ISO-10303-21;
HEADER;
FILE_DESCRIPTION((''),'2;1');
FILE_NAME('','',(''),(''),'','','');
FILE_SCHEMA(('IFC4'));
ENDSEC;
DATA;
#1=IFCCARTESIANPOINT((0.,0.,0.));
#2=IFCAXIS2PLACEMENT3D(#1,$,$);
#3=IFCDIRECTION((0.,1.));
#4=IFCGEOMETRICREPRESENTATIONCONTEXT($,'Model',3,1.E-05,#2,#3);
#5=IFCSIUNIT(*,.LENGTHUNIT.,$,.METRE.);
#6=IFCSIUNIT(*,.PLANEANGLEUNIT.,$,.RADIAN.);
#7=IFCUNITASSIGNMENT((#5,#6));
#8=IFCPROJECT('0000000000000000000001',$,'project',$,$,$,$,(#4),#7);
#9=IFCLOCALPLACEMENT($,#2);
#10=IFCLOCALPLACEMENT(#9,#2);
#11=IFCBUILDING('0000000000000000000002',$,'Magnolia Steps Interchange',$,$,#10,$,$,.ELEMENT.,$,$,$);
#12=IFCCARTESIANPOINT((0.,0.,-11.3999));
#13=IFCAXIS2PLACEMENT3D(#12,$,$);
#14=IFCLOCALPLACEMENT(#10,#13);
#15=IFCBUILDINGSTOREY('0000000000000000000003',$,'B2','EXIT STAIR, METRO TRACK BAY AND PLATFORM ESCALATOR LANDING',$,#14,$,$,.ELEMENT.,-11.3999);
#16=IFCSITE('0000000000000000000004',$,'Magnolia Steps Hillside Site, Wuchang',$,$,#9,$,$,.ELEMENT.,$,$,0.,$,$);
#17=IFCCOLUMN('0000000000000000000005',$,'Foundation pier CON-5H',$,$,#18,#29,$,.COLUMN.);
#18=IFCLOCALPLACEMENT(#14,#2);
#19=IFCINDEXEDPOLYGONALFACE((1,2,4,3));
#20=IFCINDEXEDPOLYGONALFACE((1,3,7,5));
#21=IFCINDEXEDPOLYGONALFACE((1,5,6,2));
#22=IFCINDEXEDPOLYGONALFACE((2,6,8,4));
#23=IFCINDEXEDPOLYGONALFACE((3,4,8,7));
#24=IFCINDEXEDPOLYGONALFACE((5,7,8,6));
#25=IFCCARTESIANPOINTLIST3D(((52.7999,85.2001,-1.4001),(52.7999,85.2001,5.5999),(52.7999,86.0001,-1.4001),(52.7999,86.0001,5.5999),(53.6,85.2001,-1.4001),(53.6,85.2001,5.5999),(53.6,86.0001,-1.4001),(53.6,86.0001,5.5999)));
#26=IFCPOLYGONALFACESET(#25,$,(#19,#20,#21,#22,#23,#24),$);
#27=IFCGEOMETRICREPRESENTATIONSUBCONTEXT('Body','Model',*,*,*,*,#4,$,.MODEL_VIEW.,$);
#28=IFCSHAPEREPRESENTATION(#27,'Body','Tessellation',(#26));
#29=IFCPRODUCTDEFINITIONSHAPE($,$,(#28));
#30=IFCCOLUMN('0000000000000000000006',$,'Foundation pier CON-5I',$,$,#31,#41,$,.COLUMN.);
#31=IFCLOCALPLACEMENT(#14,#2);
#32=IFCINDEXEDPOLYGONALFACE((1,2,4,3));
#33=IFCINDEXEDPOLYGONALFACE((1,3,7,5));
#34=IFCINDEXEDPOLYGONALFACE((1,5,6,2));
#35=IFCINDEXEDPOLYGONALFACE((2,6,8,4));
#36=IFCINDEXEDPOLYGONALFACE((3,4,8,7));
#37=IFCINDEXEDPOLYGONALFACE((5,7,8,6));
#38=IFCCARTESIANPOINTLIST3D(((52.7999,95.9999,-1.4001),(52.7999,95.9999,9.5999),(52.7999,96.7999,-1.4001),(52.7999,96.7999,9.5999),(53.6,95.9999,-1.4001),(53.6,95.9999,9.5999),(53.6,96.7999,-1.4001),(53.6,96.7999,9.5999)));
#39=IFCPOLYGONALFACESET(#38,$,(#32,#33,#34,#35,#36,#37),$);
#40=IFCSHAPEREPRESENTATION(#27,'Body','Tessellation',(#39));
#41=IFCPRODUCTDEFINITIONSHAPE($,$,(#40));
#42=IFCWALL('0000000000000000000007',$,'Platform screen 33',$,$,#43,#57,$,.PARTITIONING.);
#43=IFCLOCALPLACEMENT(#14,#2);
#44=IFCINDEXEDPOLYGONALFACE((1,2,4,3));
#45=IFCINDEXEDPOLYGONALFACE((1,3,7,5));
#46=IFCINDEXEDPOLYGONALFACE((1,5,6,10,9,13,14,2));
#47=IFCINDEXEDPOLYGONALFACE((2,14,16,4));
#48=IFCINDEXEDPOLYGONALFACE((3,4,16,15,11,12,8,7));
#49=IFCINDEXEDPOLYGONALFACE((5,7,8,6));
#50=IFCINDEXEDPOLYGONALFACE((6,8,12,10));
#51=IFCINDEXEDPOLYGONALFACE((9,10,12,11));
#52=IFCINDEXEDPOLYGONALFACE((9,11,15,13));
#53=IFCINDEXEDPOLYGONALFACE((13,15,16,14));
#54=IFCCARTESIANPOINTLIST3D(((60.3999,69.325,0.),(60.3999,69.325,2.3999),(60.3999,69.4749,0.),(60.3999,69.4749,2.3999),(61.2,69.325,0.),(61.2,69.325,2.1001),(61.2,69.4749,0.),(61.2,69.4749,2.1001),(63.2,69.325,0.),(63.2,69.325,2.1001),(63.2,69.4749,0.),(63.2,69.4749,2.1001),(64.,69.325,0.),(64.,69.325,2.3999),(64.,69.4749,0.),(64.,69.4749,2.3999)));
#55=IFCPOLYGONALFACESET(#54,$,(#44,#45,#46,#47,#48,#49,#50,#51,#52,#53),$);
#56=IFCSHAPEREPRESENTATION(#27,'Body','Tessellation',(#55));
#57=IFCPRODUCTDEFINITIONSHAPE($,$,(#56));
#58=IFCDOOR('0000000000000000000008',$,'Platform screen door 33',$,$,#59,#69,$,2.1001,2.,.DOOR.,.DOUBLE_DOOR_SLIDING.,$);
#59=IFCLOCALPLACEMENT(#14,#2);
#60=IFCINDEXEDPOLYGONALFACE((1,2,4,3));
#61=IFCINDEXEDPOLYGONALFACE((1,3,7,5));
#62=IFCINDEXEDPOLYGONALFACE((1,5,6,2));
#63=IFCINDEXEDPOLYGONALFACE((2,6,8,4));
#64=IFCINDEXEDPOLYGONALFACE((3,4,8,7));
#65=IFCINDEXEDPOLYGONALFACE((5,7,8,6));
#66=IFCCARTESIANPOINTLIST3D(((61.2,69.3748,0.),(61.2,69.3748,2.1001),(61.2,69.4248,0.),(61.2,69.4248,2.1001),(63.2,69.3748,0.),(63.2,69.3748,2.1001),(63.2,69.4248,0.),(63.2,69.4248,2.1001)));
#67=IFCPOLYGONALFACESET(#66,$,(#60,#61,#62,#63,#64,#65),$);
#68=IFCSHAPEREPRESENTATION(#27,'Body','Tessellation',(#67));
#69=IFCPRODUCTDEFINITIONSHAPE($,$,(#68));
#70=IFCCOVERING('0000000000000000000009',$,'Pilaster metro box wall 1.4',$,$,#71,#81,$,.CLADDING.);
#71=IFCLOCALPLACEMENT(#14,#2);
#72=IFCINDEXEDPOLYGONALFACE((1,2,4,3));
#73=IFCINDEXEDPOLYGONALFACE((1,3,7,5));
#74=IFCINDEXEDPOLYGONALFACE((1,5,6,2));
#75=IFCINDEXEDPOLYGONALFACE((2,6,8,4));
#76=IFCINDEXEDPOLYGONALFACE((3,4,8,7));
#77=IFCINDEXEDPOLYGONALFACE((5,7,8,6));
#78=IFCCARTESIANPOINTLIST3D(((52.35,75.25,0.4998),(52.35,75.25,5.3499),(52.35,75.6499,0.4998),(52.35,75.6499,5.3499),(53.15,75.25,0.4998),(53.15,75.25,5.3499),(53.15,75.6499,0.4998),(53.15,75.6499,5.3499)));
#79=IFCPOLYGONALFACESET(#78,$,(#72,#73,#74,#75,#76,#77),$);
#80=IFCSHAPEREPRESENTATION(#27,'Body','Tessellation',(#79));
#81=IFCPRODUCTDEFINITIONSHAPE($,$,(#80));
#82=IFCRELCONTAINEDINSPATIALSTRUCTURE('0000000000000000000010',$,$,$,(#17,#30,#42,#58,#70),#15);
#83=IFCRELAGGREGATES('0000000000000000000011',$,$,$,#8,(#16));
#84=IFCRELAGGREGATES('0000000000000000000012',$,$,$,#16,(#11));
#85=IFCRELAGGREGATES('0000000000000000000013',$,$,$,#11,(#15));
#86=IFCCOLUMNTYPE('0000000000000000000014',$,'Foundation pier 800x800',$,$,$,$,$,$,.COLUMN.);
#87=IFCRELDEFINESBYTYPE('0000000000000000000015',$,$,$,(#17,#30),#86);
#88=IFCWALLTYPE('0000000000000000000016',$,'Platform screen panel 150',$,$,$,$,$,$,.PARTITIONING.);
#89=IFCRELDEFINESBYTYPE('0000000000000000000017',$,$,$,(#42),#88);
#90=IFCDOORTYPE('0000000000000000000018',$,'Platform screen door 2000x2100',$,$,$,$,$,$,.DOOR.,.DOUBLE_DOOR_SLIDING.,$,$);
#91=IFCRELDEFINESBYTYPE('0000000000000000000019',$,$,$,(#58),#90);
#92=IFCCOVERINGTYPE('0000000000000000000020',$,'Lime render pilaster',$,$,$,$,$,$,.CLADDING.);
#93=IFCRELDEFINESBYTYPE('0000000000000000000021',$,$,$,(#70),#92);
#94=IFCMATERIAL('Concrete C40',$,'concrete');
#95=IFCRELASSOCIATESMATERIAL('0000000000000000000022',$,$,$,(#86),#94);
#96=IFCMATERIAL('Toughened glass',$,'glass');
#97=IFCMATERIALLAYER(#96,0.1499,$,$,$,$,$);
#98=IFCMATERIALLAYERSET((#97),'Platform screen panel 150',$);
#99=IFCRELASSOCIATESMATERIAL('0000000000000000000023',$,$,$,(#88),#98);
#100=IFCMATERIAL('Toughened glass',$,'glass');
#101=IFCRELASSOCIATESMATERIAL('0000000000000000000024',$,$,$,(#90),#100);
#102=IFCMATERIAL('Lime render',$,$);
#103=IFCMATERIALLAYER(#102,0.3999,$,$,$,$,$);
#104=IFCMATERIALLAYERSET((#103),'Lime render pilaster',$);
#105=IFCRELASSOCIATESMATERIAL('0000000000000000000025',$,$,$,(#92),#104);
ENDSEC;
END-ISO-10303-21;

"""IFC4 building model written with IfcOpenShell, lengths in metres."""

from ifc_helpers import new_model, si_unit, direction, frame, frame_2d, origin, origin_2d, place, context, subcontext, project, spatial, rectangle, extrude, material, layer, layer_set, material_profile, profile_set, type_object, element, fill, save


model = new_model("IFC4")

# Units and contexts
model_context = context("Model", 3, precision=1e-05, world=origin(), true_north=direction((0.0, 1.0)))
body_context = subcontext(model_context, "Body", "Model", "MODEL_VIEW")
ifc_project = project(units=[si_unit("LENGTHUNIT", "METRE"), si_unit("PLANEANGLEUNIT", "RADIAN")], contexts=[model_context])

# Site, building, storey
site_placement = place(None, origin())
site = spatial("IfcSite", under=ifc_project, at=site_placement, Name="Magnolia Steps Hillside Site, Wuchang", CompositionType="ELEMENT", RefElevation=0.0)
building_placement = place(site_placement, origin())
building = spatial("IfcBuilding", under=site, at=building_placement, Name="Magnolia Steps Interchange", CompositionType="ELEMENT")
storey_placement = place(building_placement, frame((0.0, 0.0, -11.3999)))
storey = spatial("IfcBuildingStorey", under=building, at=storey_placement, Name="B2", Description="EXIT STAIR, METRO TRACK BAY AND PLATFORM ESCALATOR LANDING", CompositionType="ELEMENT", Elevation=-11.3999)

# Columns
ifc_material_1 = material(Name="Concrete C40", Category="concrete")
ifc_material_profile_1 = material_profile(ifc_material_1, rectangle(XDim=0.8, YDim=0.8, at=origin_2d()), Name="RC800x800")
ifc_profile_set_1 = profile_set([ifc_material_profile_1], Name="Concrete C40")
column_type = type_object("IfcColumnType", Name="Foundation pier 800x800", PredefinedType="COLUMN", material=ifc_profile_set_1)
column_1_placement = place(storey_placement, frame((53.2, 85.6001, -1.4001), z_axis=(0.0, 0.0, 1.0), x_axis=(1.0, 0.0, 0.0)))
element("IfcColumn", 1, at=column_1_placement, inside=storey, type_object=column_type, Name="Foundation pier CON-5H", PredefinedType="COLUMN", context=body_context, shape_type="SweptSolid", body=[
    extrude(rectangle(XDim=0.8, YDim=0.8, at=origin_2d()), origin(), (0.0, 0.0, 1.0), 7.0),
])
column_2_placement = place(storey_placement, frame((53.2, 96.3999, -1.4001), z_axis=(0.0, 0.0, 1.0), x_axis=(1.0, 0.0, 0.0)))
element("IfcColumn", 2, at=column_2_placement, inside=storey, type_object=column_type, Name="Foundation pier CON-5I", PredefinedType="COLUMN", context=body_context, shape_type="SweptSolid", body=[
    extrude(rectangle(XDim=0.8, YDim=0.8, at=origin_2d()), origin(), (0.0, 0.0, 1.0), 11.0),
])

# Wall, opening, door
ifc_material_2 = material(Name="Toughened glass", Category="glass")
ifc_layer_1 = layer(ifc_material_2, 0.1499)
ifc_layer_set_1 = layer_set([ifc_layer_1], Name="Platform screen panel 150")
wall_type = type_object("IfcWallType", Name="Platform screen panel 150", PredefinedType="PARTITIONING", material=ifc_layer_set_1)
wall_placement = place(storey_placement, frame((60.3999, 69.3999, 0.0), z_axis=(0.0, 0.0, 1.0), x_axis=(1.0, 0.0, 0.0)))
wall = element("IfcWall", 3, at=wall_placement, inside=storey, type_object=wall_type, Name="Platform screen 33", PredefinedType="PARTITIONING", context=body_context, shape_type="SweptSolid", body=[
    extrude(rectangle(XDim=3.6001, YDim=0.1499, at=frame_2d((1.8, 0.0))), origin(), (0.0, 0.0, 1.0), 2.3999),
])
opening_placement = place(wall_placement, frame((0.8, 0.0, 0.0)))
opening = element("IfcOpeningElement", 4, at=opening_placement, cuts=wall, PredefinedType="OPENING", context=body_context, shape_type="SweptSolid", body=[
    extrude(rectangle(XDim=2.0, YDim=2.1001, at=frame_2d((1.0, 1.05))), frame((0.0, 0.085, 0.0), z_axis=(0.0, -1.0, 0.0), x_axis=(1.0, 0.0, 0.0)), (0.0, 0.0, 1.0), 0.1699),
])
ifc_material_3 = material(Name="Toughened glass", Category="glass")
door_type = type_object("IfcDoorType", Name="Platform screen door 2000x2100", OperationType="DOUBLE_DOOR_SLIDING", PredefinedType="DOOR", material=ifc_material_3)
door_placement = place(opening_placement, origin())
door = element("IfcDoor", 5, at=door_placement, inside=storey, type_object=door_type, Name="Platform screen door 33", OperationType="DOUBLE_DOOR_SLIDING", OverallHeight=2.1001, OverallWidth=2.0, PredefinedType="DOOR", context=body_context, shape_type="SweptSolid", body=[
    extrude(rectangle(XDim=2.0, YDim=2.1001, at=frame_2d((1.0, 1.05))), frame((0.0, 0.0249, 0.0), z_axis=(0.0, -1.0, 0.0), x_axis=(1.0, 0.0, 0.0)), (0.0, 0.0, 1.0), 0.05),
])
fill(opening, door)

# Covering
ifc_material_4 = material(Name="Lime render")
ifc_layer_2 = layer(ifc_material_4, 0.3999)
ifc_layer_set_2 = layer_set([ifc_layer_2], Name="Lime render pilaster")
covering_type = type_object("IfcCoveringType", Name="Lime render pilaster", PredefinedType="CLADDING", material=ifc_layer_set_2)
covering_placement = place(storey_placement, frame((52.75, 75.45, 0.4998), z_axis=(0.0, 0.0, 1.0), x_axis=(1.0, 0.0, 0.0)))
element("IfcCovering", 6, at=covering_placement, inside=storey, type_object=covering_type, Name="Pilaster metro box wall 1.4", PredefinedType="CLADDING", context=body_context, shape_type="SweptSolid", body=[
    extrude(rectangle(XDim=0.8, YDim=0.3999, at=origin_2d()), origin(), (0.0, 0.0, 1.0), 4.8501),
])

save(model, "model.ifc")
